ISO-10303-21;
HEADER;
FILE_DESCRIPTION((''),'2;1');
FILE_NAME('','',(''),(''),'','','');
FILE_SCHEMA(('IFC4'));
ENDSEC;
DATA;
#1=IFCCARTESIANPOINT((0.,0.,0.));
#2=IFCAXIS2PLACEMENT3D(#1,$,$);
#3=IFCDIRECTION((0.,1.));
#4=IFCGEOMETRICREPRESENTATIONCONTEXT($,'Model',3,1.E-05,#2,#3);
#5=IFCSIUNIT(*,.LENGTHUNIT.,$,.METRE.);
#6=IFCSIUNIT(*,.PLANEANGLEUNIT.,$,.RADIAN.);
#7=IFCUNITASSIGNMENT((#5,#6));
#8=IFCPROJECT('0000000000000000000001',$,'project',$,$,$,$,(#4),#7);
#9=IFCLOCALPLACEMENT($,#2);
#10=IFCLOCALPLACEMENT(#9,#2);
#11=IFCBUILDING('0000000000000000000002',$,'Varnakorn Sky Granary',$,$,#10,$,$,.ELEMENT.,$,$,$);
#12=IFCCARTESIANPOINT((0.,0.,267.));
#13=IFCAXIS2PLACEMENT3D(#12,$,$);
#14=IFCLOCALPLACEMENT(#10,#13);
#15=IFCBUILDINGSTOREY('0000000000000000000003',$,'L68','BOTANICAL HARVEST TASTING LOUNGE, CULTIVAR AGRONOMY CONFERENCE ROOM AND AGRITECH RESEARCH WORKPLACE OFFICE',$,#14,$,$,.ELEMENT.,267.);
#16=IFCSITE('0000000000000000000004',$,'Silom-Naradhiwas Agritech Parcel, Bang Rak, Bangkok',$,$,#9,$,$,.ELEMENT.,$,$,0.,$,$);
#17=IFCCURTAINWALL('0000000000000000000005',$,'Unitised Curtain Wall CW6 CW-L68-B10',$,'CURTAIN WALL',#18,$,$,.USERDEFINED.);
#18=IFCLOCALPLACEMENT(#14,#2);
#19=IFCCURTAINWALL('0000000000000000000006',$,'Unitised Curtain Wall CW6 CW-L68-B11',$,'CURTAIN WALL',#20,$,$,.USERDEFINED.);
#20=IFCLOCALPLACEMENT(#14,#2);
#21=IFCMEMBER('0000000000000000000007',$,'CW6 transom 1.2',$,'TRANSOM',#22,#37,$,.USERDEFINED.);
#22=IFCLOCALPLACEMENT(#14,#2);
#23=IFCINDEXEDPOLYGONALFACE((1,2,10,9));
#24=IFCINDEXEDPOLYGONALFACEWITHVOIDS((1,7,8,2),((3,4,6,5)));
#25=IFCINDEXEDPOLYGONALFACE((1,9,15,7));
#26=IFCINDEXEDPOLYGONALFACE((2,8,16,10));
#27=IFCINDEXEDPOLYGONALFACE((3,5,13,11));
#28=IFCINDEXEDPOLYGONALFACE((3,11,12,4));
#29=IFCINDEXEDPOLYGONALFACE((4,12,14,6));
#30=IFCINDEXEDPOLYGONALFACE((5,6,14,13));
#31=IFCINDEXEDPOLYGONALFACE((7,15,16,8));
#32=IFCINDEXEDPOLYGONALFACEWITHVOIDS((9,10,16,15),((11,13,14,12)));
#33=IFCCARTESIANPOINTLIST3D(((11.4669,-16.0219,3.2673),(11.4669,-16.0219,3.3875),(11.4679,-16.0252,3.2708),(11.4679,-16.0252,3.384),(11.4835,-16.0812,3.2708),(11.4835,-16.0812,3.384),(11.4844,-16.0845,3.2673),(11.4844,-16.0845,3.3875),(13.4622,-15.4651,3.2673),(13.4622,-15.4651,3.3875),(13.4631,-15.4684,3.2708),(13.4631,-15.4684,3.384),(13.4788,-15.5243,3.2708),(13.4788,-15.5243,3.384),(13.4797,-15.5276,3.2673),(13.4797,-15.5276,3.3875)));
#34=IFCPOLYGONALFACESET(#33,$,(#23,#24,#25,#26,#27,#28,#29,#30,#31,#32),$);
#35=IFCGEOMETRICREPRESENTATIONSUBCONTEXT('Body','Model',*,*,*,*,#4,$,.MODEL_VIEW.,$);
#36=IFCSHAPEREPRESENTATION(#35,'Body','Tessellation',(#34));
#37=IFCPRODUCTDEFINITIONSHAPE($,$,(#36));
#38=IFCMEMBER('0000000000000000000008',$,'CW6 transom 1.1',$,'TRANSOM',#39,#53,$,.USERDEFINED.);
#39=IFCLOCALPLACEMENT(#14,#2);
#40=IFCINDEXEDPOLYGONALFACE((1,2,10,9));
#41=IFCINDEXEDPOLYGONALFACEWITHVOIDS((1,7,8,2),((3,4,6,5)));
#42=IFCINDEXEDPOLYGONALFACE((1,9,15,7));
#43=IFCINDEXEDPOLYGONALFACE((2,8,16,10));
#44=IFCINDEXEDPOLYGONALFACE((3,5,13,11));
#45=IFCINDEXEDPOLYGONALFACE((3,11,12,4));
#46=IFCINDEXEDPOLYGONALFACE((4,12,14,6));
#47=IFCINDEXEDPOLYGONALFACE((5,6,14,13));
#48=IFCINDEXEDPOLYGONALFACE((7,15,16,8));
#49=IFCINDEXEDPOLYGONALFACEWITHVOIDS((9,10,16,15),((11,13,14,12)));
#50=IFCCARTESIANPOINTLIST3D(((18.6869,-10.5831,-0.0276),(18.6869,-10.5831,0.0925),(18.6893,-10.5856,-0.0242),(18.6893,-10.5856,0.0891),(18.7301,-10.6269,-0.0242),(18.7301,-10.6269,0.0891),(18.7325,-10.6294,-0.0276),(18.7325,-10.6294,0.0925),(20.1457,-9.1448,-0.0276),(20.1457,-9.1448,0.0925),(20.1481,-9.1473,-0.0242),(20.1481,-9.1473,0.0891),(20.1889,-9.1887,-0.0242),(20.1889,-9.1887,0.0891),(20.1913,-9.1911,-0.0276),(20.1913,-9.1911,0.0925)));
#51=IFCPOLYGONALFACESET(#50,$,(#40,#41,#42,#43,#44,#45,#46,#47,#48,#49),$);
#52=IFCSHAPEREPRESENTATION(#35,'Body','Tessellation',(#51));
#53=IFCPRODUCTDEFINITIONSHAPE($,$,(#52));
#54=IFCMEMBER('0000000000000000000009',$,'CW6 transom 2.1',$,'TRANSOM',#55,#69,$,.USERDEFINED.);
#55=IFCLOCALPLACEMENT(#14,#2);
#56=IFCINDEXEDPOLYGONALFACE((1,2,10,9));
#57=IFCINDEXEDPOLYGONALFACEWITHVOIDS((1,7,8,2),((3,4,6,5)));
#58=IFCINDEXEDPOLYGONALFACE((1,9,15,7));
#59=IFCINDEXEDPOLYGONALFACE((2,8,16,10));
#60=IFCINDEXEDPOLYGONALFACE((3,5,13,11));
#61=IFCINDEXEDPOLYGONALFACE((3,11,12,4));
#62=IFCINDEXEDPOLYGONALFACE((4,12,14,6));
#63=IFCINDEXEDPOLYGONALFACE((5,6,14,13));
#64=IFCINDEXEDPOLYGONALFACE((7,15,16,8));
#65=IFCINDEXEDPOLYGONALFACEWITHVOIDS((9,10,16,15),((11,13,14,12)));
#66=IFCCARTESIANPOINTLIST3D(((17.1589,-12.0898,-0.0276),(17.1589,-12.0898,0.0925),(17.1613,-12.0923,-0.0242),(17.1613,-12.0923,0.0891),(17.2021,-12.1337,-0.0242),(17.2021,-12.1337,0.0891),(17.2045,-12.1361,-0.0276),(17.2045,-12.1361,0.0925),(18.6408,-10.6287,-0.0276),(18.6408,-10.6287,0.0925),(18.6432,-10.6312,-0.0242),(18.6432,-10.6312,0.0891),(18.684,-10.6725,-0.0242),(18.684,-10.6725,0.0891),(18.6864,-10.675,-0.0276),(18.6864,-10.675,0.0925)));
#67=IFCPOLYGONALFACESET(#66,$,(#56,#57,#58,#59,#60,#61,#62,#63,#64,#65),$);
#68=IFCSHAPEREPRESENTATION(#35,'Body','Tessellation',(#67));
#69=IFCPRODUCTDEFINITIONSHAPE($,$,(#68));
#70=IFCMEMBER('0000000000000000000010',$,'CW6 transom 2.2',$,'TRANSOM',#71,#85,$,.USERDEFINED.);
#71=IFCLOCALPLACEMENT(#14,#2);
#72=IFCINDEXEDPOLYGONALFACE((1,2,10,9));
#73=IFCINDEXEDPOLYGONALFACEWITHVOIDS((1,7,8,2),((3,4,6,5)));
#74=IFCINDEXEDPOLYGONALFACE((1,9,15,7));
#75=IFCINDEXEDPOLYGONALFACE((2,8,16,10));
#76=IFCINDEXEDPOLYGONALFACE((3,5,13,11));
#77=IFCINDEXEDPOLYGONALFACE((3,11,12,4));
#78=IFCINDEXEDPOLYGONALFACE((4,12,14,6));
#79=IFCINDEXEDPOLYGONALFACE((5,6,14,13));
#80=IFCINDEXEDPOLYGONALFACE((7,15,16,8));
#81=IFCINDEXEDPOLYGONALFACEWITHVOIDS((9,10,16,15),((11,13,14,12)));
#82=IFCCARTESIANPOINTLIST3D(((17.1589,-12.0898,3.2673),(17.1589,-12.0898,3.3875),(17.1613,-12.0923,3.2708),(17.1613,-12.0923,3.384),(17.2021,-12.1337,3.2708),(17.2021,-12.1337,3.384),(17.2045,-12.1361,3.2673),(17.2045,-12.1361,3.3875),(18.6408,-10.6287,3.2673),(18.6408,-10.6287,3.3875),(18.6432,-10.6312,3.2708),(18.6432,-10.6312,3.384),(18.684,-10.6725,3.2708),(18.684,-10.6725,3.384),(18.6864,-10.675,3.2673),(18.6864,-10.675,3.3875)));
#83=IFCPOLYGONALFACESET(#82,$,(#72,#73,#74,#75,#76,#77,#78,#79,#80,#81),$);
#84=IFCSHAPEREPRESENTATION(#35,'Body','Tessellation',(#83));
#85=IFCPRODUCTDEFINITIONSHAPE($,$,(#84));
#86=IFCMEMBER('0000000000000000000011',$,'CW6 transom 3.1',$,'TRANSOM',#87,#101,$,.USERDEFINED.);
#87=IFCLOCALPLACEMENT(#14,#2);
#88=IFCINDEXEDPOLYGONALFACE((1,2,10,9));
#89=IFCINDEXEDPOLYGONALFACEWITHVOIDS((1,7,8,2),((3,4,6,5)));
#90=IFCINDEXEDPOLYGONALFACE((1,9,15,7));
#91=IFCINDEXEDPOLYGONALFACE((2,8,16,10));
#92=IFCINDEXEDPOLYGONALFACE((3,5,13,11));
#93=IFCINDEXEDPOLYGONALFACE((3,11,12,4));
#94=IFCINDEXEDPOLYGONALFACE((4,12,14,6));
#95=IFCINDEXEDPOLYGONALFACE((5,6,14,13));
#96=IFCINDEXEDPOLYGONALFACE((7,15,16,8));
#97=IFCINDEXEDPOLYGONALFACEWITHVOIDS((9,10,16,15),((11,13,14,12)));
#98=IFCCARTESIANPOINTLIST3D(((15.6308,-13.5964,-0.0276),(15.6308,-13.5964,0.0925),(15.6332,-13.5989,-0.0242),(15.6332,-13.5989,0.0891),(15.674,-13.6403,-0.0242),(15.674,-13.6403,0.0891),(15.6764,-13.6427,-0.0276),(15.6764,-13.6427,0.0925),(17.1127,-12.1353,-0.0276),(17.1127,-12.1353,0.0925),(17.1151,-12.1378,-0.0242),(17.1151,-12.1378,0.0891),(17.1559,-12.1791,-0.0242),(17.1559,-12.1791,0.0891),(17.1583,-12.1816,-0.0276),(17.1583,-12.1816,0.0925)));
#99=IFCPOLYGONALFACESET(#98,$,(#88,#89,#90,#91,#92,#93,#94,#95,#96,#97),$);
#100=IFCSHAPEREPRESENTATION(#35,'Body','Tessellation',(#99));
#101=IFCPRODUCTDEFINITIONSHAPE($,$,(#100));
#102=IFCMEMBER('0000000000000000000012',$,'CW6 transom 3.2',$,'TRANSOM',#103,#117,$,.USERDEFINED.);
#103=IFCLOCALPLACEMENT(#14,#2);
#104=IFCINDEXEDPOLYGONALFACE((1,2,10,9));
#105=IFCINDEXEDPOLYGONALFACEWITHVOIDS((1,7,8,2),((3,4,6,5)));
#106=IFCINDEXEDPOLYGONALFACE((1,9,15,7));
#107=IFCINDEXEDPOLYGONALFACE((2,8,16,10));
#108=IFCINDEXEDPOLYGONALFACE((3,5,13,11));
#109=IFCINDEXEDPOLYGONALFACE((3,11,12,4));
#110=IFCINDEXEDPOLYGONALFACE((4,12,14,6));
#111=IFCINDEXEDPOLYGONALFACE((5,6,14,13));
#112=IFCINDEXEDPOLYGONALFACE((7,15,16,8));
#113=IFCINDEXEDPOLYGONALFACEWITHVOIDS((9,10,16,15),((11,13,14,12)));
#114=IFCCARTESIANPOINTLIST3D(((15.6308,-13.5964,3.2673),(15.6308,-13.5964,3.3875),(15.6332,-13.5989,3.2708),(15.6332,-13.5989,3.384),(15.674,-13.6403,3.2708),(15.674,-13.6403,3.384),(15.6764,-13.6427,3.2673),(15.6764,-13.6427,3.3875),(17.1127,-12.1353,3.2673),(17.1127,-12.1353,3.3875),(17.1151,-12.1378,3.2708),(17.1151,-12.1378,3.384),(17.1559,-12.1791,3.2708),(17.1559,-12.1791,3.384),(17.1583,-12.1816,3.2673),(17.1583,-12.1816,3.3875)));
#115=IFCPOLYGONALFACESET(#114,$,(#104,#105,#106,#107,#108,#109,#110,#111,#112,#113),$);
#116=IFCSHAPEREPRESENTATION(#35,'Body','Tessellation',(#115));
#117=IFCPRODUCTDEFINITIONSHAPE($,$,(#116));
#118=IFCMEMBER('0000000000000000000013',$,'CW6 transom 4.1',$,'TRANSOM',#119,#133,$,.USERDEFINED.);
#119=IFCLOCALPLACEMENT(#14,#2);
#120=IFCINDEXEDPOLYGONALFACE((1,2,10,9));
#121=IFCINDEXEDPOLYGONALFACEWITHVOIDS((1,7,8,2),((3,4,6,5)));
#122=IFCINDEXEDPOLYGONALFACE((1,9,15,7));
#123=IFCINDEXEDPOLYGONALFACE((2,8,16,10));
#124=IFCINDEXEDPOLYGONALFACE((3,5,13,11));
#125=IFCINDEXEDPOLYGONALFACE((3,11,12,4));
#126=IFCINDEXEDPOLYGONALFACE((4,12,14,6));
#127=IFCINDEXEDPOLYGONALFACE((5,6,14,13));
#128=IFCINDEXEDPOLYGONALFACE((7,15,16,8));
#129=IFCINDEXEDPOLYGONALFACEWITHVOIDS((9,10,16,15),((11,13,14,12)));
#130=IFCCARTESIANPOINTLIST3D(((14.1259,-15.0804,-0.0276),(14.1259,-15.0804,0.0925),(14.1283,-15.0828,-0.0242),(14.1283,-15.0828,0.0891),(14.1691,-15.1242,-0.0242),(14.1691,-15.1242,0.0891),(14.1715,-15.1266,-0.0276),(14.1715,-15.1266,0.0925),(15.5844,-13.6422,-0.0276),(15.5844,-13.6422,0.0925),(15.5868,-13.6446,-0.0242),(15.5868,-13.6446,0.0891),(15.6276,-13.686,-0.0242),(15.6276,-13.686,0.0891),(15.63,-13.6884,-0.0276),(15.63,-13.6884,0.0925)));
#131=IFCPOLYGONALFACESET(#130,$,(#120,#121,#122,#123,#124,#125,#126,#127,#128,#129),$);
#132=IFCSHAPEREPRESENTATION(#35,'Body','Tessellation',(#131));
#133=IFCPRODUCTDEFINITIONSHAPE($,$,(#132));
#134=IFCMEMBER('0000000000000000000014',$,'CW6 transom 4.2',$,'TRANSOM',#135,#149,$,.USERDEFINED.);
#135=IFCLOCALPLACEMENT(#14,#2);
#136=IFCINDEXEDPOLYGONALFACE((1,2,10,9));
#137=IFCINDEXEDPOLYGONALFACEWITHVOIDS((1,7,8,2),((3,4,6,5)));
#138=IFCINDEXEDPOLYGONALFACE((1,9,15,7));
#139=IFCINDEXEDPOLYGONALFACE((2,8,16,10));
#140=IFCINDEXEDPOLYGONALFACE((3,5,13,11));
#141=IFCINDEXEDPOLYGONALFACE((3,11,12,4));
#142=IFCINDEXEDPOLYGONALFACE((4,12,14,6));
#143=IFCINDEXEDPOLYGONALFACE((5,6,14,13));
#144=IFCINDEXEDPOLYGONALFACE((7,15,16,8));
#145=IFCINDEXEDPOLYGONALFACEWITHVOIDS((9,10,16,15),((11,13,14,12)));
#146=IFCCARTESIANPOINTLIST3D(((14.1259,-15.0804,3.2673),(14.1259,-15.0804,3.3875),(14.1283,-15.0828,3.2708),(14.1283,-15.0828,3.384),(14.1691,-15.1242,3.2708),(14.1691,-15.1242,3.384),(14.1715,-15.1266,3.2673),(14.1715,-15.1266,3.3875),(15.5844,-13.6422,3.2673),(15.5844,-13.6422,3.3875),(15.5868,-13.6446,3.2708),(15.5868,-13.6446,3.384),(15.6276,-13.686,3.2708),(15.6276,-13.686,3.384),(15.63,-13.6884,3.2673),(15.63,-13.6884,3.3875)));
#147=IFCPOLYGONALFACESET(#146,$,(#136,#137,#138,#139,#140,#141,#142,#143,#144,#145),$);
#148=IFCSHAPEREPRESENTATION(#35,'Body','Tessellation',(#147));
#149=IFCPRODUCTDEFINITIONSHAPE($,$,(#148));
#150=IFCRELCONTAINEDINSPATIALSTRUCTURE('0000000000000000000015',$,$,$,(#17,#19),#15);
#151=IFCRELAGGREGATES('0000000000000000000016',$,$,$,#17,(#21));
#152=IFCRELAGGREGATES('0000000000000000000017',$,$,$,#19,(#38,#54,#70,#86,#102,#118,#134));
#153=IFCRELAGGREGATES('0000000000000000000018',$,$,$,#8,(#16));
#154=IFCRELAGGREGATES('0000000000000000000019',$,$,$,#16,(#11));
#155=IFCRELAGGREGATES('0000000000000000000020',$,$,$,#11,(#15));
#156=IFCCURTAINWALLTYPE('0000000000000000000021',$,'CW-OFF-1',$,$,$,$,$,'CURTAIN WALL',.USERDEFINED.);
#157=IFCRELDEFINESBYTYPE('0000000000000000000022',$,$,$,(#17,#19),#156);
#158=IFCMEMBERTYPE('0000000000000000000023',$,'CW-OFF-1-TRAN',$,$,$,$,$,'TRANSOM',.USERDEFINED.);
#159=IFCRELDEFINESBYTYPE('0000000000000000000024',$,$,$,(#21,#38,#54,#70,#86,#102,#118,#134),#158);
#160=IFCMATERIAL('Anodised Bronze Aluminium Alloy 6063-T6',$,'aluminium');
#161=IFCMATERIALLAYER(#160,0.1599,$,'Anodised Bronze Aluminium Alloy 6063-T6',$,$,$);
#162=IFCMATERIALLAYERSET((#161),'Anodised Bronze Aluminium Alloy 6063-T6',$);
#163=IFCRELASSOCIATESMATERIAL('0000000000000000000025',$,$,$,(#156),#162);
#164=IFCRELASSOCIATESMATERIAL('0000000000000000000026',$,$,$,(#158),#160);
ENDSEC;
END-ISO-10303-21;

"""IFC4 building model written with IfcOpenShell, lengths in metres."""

from ifc_helpers import new_model, si_unit, direction, frame, origin, origin_2d, place, context, subcontext, project, spatial, hollow_rectangle, extrude, material, layer, layer_set, material_profile, profile_set, type_object, element, aggregate, save


model = new_model("IFC4")

# Units and contexts
model_context = context("Model", 3, precision=1e-05, world=origin(), true_north=direction((0.0, 1.0)))
body_context = subcontext(model_context, "Body", "Model", "MODEL_VIEW")
ifc_project = project(units=[si_unit("LENGTHUNIT", "METRE"), si_unit("PLANEANGLEUNIT", "RADIAN")], contexts=[model_context])

# Site, building, storey
site_placement = place(None, origin())
site = spatial("IfcSite", under=ifc_project, at=site_placement, Name="Silom-Naradhiwas Agritech Parcel, Bang Rak, Bangkok", CompositionType="ELEMENT", RefElevation=0.0)
building_placement = place(site_placement, origin())
building = spatial("IfcBuilding", under=site, at=building_placement, Name="Varnakorn Sky Granary", CompositionType="ELEMENT")
storey_placement = place(building_placement, frame((0.0, 0.0, 267.0)))
storey = spatial("IfcBuildingStorey", under=building, at=storey_placement, Name="L68", Description="BOTANICAL HARVEST TASTING LOUNGE, CULTIVAR AGRONOMY CONFERENCE ROOM AND AGRITECH RESEARCH WORKPLACE OFFICE", CompositionType="ELEMENT", Elevation=267.0)

# Curtain wall
ifc_material_1 = material(Name="Anodised Bronze Aluminium Alloy 6063-T6", Category="aluminium")
ifc_layer_1 = layer(ifc_material_1, 0.1599, Name="Anodised Bronze Aluminium Alloy 6063-T6")
ifc_layer_set_1 = layer_set([ifc_layer_1], Name="Anodised Bronze Aluminium Alloy 6063-T6")
curtain_wall_type = type_object("IfcCurtainWallType", Name="CW-OFF-1", ElementType="CURTAIN WALL", PredefinedType="USERDEFINED", material=ifc_layer_set_1)
curtain_wall_1_placement = place(storey_placement, origin())
curtain_wall_1 = element("IfcCurtainWall", 1, at=curtain_wall_1_placement, inside=storey, type_object=curtain_wall_type, Name="Unitised Curtain Wall CW6 CW-L68-B10", ObjectType="CURTAIN WALL", PredefinedType="USERDEFINED")

# Curtain wall
curtain_wall_2_placement = place(storey_placement, origin())
curtain_wall_2 = element("IfcCurtainWall", 2, at=curtain_wall_2_placement, inside=storey, type_object=curtain_wall_type, Name="Unitised Curtain Wall CW6 CW-L68-B11", ObjectType="CURTAIN WALL", PredefinedType="USERDEFINED")

# Members
ifc_material_profile_1 = material_profile(ifc_material_1, hollow_rectangle(XDim=0.0649, YDim=0.1201, WallThickness=0.0034, at=origin_2d()), Name="ALU TRAN 65x120")
ifc_profile_set_1 = profile_set([ifc_material_profile_1], Name="Anodised Bronze Aluminium Alloy 6063-T6")
member_type_1 = type_object("IfcMemberType", Name="CW-OFF-1-TRAN", ElementType="TRANSOM", PredefinedType="USERDEFINED", material=ifc_profile_set_1)
member_1_placement = place(storey_placement, frame((13.4709, -15.4963, 3.3274), z_axis=(-0.963191, -0.268817, 0.0), x_axis=(0.268817, -0.963191, 0.0)))
member_1 = element("IfcMember", 3, at=member_1_placement, type_object=member_type_1, Name="CW6 transom 1.2", ObjectType="TRANSOM", PredefinedType="USERDEFINED", context=body_context, shape_type="SweptSolid", body=[
    extrude(hollow_rectangle(XDim=0.0649, YDim=0.1201, WallThickness=0.0034, at=origin_2d()), origin(), (0.0, 0.0, 1.0), 2.0715),
])
aggregate(curtain_wall_1, [member_1])
member_2_placement = place(storey_placement, frame((20.1685, -9.168, 0.0325), z_axis=(-0.712095, -0.702084, 0.0), x_axis=(0.702084, -0.712095, 0.0)))
member_2 = element("IfcMember", 4, at=member_2_placement, type_object=member_type_1, Name="CW6 transom 1.1", ObjectType="TRANSOM", PredefinedType="USERDEFINED", context=body_context, shape_type="SweptSolid", body=[
    extrude(hollow_rectangle(XDim=0.0649, YDim=0.1201, WallThickness=0.0034, at=origin_2d()), origin(), (0.0, 0.0, 1.0), 2.0486),
])
member_3_placement = place(storey_placement, frame((18.6636, -10.6519, 0.0325), z_axis=(-0.712075, -0.702104, 0.0), x_axis=(0.702104, -0.712075, 0.0)))
member_3 = element("IfcMember", 5, at=member_3_placement, type_object=member_type_1, Name="CW6 transom 2.1", ObjectType="TRANSOM", PredefinedType="USERDEFINED", context=body_context, shape_type="SweptSolid", body=[
    extrude(hollow_rectangle(XDim=0.0649, YDim=0.1201, WallThickness=0.0034, at=origin_2d()), origin(), (0.0, 0.0, 1.0), 2.0811),
])
member_4_placement = place(storey_placement, frame((18.6636, -10.6519, 3.3274), z_axis=(-0.712075, -0.702104, 0.0), x_axis=(0.702104, -0.712075, 0.0)))
member_4 = element("IfcMember", 6, at=member_4_placement, type_object=member_type_1, Name="CW6 transom 2.2", ObjectType="TRANSOM", PredefinedType="USERDEFINED", context=body_context, shape_type="SweptSolid", body=[
    extrude(hollow_rectangle(XDim=0.0649, YDim=0.1201, WallThickness=0.0034, at=origin_2d()), origin(), (0.0, 0.0, 1.0), 2.0811),
])
member_5_placement = place(storey_placement, frame((17.1355, -12.1584, 0.0325), z_axis=(-0.712075, -0.702104, 0.0), x_axis=(0.702104, -0.712075, 0.0)))
member_5 = element("IfcMember", 7, at=member_5_placement, type_object=member_type_1, Name="CW6 transom 3.1", ObjectType="TRANSOM", PredefinedType="USERDEFINED", context=body_context, shape_type="SweptSolid", body=[
    extrude(hollow_rectangle(XDim=0.0649, YDim=0.1201, WallThickness=0.0034, at=origin_2d()), origin(), (0.0, 0.0, 1.0), 2.0811),
])
member_6_placement = place(storey_placement, frame((17.1355, -12.1584, 3.3274), z_axis=(-0.712075, -0.702104, 0.0), x_axis=(0.702104, -0.712075, 0.0)))
member_6 = element("IfcMember", 8, at=member_6_placement, type_object=member_type_1, Name="CW6 transom 3.2", ObjectType="TRANSOM", PredefinedType="USERDEFINED", context=body_context, shape_type="SweptSolid", body=[
    extrude(hollow_rectangle(XDim=0.0649, YDim=0.1201, WallThickness=0.0034, at=origin_2d()), origin(), (0.0, 0.0, 1.0), 2.0811),
])
member_7_placement = place(storey_placement, frame((15.6072, -13.6653, 0.0325), z_axis=(-0.712036, -0.702143, 0.0), x_axis=(0.702143, -0.712036, 0.0)))
member_7 = element("IfcMember", 9, at=member_7_placement, type_object=member_type_1, Name="CW6 transom 4.1", ObjectType="TRANSOM", PredefinedType="USERDEFINED", context=body_context, shape_type="SweptSolid", body=[
    extrude(hollow_rectangle(XDim=0.0649, YDim=0.1201, WallThickness=0.0034, at=origin_2d()), origin(), (0.0, 0.0, 1.0), 2.0483),
])
member_8_placement = place(storey_placement, frame((15.6072, -13.6653, 3.3274), z_axis=(-0.712036, -0.702143, 0.0), x_axis=(0.702143, -0.712036, 0.0)))
member_8 = element("IfcMember", 10, at=member_8_placement, type_object=member_type_1, Name="CW6 transom 4.2", ObjectType="TRANSOM", PredefinedType="USERDEFINED", context=body_context, shape_type="SweptSolid", body=[
    extrude(hollow_rectangle(XDim=0.0649, YDim=0.1201, WallThickness=0.0034, at=origin_2d()), origin(), (0.0, 0.0, 1.0), 2.0483),
])

aggregate(curtain_wall_2, [member_2, member_3, member_4, member_5, member_6, member_7, member_8])

save(model, "model.ifc")
